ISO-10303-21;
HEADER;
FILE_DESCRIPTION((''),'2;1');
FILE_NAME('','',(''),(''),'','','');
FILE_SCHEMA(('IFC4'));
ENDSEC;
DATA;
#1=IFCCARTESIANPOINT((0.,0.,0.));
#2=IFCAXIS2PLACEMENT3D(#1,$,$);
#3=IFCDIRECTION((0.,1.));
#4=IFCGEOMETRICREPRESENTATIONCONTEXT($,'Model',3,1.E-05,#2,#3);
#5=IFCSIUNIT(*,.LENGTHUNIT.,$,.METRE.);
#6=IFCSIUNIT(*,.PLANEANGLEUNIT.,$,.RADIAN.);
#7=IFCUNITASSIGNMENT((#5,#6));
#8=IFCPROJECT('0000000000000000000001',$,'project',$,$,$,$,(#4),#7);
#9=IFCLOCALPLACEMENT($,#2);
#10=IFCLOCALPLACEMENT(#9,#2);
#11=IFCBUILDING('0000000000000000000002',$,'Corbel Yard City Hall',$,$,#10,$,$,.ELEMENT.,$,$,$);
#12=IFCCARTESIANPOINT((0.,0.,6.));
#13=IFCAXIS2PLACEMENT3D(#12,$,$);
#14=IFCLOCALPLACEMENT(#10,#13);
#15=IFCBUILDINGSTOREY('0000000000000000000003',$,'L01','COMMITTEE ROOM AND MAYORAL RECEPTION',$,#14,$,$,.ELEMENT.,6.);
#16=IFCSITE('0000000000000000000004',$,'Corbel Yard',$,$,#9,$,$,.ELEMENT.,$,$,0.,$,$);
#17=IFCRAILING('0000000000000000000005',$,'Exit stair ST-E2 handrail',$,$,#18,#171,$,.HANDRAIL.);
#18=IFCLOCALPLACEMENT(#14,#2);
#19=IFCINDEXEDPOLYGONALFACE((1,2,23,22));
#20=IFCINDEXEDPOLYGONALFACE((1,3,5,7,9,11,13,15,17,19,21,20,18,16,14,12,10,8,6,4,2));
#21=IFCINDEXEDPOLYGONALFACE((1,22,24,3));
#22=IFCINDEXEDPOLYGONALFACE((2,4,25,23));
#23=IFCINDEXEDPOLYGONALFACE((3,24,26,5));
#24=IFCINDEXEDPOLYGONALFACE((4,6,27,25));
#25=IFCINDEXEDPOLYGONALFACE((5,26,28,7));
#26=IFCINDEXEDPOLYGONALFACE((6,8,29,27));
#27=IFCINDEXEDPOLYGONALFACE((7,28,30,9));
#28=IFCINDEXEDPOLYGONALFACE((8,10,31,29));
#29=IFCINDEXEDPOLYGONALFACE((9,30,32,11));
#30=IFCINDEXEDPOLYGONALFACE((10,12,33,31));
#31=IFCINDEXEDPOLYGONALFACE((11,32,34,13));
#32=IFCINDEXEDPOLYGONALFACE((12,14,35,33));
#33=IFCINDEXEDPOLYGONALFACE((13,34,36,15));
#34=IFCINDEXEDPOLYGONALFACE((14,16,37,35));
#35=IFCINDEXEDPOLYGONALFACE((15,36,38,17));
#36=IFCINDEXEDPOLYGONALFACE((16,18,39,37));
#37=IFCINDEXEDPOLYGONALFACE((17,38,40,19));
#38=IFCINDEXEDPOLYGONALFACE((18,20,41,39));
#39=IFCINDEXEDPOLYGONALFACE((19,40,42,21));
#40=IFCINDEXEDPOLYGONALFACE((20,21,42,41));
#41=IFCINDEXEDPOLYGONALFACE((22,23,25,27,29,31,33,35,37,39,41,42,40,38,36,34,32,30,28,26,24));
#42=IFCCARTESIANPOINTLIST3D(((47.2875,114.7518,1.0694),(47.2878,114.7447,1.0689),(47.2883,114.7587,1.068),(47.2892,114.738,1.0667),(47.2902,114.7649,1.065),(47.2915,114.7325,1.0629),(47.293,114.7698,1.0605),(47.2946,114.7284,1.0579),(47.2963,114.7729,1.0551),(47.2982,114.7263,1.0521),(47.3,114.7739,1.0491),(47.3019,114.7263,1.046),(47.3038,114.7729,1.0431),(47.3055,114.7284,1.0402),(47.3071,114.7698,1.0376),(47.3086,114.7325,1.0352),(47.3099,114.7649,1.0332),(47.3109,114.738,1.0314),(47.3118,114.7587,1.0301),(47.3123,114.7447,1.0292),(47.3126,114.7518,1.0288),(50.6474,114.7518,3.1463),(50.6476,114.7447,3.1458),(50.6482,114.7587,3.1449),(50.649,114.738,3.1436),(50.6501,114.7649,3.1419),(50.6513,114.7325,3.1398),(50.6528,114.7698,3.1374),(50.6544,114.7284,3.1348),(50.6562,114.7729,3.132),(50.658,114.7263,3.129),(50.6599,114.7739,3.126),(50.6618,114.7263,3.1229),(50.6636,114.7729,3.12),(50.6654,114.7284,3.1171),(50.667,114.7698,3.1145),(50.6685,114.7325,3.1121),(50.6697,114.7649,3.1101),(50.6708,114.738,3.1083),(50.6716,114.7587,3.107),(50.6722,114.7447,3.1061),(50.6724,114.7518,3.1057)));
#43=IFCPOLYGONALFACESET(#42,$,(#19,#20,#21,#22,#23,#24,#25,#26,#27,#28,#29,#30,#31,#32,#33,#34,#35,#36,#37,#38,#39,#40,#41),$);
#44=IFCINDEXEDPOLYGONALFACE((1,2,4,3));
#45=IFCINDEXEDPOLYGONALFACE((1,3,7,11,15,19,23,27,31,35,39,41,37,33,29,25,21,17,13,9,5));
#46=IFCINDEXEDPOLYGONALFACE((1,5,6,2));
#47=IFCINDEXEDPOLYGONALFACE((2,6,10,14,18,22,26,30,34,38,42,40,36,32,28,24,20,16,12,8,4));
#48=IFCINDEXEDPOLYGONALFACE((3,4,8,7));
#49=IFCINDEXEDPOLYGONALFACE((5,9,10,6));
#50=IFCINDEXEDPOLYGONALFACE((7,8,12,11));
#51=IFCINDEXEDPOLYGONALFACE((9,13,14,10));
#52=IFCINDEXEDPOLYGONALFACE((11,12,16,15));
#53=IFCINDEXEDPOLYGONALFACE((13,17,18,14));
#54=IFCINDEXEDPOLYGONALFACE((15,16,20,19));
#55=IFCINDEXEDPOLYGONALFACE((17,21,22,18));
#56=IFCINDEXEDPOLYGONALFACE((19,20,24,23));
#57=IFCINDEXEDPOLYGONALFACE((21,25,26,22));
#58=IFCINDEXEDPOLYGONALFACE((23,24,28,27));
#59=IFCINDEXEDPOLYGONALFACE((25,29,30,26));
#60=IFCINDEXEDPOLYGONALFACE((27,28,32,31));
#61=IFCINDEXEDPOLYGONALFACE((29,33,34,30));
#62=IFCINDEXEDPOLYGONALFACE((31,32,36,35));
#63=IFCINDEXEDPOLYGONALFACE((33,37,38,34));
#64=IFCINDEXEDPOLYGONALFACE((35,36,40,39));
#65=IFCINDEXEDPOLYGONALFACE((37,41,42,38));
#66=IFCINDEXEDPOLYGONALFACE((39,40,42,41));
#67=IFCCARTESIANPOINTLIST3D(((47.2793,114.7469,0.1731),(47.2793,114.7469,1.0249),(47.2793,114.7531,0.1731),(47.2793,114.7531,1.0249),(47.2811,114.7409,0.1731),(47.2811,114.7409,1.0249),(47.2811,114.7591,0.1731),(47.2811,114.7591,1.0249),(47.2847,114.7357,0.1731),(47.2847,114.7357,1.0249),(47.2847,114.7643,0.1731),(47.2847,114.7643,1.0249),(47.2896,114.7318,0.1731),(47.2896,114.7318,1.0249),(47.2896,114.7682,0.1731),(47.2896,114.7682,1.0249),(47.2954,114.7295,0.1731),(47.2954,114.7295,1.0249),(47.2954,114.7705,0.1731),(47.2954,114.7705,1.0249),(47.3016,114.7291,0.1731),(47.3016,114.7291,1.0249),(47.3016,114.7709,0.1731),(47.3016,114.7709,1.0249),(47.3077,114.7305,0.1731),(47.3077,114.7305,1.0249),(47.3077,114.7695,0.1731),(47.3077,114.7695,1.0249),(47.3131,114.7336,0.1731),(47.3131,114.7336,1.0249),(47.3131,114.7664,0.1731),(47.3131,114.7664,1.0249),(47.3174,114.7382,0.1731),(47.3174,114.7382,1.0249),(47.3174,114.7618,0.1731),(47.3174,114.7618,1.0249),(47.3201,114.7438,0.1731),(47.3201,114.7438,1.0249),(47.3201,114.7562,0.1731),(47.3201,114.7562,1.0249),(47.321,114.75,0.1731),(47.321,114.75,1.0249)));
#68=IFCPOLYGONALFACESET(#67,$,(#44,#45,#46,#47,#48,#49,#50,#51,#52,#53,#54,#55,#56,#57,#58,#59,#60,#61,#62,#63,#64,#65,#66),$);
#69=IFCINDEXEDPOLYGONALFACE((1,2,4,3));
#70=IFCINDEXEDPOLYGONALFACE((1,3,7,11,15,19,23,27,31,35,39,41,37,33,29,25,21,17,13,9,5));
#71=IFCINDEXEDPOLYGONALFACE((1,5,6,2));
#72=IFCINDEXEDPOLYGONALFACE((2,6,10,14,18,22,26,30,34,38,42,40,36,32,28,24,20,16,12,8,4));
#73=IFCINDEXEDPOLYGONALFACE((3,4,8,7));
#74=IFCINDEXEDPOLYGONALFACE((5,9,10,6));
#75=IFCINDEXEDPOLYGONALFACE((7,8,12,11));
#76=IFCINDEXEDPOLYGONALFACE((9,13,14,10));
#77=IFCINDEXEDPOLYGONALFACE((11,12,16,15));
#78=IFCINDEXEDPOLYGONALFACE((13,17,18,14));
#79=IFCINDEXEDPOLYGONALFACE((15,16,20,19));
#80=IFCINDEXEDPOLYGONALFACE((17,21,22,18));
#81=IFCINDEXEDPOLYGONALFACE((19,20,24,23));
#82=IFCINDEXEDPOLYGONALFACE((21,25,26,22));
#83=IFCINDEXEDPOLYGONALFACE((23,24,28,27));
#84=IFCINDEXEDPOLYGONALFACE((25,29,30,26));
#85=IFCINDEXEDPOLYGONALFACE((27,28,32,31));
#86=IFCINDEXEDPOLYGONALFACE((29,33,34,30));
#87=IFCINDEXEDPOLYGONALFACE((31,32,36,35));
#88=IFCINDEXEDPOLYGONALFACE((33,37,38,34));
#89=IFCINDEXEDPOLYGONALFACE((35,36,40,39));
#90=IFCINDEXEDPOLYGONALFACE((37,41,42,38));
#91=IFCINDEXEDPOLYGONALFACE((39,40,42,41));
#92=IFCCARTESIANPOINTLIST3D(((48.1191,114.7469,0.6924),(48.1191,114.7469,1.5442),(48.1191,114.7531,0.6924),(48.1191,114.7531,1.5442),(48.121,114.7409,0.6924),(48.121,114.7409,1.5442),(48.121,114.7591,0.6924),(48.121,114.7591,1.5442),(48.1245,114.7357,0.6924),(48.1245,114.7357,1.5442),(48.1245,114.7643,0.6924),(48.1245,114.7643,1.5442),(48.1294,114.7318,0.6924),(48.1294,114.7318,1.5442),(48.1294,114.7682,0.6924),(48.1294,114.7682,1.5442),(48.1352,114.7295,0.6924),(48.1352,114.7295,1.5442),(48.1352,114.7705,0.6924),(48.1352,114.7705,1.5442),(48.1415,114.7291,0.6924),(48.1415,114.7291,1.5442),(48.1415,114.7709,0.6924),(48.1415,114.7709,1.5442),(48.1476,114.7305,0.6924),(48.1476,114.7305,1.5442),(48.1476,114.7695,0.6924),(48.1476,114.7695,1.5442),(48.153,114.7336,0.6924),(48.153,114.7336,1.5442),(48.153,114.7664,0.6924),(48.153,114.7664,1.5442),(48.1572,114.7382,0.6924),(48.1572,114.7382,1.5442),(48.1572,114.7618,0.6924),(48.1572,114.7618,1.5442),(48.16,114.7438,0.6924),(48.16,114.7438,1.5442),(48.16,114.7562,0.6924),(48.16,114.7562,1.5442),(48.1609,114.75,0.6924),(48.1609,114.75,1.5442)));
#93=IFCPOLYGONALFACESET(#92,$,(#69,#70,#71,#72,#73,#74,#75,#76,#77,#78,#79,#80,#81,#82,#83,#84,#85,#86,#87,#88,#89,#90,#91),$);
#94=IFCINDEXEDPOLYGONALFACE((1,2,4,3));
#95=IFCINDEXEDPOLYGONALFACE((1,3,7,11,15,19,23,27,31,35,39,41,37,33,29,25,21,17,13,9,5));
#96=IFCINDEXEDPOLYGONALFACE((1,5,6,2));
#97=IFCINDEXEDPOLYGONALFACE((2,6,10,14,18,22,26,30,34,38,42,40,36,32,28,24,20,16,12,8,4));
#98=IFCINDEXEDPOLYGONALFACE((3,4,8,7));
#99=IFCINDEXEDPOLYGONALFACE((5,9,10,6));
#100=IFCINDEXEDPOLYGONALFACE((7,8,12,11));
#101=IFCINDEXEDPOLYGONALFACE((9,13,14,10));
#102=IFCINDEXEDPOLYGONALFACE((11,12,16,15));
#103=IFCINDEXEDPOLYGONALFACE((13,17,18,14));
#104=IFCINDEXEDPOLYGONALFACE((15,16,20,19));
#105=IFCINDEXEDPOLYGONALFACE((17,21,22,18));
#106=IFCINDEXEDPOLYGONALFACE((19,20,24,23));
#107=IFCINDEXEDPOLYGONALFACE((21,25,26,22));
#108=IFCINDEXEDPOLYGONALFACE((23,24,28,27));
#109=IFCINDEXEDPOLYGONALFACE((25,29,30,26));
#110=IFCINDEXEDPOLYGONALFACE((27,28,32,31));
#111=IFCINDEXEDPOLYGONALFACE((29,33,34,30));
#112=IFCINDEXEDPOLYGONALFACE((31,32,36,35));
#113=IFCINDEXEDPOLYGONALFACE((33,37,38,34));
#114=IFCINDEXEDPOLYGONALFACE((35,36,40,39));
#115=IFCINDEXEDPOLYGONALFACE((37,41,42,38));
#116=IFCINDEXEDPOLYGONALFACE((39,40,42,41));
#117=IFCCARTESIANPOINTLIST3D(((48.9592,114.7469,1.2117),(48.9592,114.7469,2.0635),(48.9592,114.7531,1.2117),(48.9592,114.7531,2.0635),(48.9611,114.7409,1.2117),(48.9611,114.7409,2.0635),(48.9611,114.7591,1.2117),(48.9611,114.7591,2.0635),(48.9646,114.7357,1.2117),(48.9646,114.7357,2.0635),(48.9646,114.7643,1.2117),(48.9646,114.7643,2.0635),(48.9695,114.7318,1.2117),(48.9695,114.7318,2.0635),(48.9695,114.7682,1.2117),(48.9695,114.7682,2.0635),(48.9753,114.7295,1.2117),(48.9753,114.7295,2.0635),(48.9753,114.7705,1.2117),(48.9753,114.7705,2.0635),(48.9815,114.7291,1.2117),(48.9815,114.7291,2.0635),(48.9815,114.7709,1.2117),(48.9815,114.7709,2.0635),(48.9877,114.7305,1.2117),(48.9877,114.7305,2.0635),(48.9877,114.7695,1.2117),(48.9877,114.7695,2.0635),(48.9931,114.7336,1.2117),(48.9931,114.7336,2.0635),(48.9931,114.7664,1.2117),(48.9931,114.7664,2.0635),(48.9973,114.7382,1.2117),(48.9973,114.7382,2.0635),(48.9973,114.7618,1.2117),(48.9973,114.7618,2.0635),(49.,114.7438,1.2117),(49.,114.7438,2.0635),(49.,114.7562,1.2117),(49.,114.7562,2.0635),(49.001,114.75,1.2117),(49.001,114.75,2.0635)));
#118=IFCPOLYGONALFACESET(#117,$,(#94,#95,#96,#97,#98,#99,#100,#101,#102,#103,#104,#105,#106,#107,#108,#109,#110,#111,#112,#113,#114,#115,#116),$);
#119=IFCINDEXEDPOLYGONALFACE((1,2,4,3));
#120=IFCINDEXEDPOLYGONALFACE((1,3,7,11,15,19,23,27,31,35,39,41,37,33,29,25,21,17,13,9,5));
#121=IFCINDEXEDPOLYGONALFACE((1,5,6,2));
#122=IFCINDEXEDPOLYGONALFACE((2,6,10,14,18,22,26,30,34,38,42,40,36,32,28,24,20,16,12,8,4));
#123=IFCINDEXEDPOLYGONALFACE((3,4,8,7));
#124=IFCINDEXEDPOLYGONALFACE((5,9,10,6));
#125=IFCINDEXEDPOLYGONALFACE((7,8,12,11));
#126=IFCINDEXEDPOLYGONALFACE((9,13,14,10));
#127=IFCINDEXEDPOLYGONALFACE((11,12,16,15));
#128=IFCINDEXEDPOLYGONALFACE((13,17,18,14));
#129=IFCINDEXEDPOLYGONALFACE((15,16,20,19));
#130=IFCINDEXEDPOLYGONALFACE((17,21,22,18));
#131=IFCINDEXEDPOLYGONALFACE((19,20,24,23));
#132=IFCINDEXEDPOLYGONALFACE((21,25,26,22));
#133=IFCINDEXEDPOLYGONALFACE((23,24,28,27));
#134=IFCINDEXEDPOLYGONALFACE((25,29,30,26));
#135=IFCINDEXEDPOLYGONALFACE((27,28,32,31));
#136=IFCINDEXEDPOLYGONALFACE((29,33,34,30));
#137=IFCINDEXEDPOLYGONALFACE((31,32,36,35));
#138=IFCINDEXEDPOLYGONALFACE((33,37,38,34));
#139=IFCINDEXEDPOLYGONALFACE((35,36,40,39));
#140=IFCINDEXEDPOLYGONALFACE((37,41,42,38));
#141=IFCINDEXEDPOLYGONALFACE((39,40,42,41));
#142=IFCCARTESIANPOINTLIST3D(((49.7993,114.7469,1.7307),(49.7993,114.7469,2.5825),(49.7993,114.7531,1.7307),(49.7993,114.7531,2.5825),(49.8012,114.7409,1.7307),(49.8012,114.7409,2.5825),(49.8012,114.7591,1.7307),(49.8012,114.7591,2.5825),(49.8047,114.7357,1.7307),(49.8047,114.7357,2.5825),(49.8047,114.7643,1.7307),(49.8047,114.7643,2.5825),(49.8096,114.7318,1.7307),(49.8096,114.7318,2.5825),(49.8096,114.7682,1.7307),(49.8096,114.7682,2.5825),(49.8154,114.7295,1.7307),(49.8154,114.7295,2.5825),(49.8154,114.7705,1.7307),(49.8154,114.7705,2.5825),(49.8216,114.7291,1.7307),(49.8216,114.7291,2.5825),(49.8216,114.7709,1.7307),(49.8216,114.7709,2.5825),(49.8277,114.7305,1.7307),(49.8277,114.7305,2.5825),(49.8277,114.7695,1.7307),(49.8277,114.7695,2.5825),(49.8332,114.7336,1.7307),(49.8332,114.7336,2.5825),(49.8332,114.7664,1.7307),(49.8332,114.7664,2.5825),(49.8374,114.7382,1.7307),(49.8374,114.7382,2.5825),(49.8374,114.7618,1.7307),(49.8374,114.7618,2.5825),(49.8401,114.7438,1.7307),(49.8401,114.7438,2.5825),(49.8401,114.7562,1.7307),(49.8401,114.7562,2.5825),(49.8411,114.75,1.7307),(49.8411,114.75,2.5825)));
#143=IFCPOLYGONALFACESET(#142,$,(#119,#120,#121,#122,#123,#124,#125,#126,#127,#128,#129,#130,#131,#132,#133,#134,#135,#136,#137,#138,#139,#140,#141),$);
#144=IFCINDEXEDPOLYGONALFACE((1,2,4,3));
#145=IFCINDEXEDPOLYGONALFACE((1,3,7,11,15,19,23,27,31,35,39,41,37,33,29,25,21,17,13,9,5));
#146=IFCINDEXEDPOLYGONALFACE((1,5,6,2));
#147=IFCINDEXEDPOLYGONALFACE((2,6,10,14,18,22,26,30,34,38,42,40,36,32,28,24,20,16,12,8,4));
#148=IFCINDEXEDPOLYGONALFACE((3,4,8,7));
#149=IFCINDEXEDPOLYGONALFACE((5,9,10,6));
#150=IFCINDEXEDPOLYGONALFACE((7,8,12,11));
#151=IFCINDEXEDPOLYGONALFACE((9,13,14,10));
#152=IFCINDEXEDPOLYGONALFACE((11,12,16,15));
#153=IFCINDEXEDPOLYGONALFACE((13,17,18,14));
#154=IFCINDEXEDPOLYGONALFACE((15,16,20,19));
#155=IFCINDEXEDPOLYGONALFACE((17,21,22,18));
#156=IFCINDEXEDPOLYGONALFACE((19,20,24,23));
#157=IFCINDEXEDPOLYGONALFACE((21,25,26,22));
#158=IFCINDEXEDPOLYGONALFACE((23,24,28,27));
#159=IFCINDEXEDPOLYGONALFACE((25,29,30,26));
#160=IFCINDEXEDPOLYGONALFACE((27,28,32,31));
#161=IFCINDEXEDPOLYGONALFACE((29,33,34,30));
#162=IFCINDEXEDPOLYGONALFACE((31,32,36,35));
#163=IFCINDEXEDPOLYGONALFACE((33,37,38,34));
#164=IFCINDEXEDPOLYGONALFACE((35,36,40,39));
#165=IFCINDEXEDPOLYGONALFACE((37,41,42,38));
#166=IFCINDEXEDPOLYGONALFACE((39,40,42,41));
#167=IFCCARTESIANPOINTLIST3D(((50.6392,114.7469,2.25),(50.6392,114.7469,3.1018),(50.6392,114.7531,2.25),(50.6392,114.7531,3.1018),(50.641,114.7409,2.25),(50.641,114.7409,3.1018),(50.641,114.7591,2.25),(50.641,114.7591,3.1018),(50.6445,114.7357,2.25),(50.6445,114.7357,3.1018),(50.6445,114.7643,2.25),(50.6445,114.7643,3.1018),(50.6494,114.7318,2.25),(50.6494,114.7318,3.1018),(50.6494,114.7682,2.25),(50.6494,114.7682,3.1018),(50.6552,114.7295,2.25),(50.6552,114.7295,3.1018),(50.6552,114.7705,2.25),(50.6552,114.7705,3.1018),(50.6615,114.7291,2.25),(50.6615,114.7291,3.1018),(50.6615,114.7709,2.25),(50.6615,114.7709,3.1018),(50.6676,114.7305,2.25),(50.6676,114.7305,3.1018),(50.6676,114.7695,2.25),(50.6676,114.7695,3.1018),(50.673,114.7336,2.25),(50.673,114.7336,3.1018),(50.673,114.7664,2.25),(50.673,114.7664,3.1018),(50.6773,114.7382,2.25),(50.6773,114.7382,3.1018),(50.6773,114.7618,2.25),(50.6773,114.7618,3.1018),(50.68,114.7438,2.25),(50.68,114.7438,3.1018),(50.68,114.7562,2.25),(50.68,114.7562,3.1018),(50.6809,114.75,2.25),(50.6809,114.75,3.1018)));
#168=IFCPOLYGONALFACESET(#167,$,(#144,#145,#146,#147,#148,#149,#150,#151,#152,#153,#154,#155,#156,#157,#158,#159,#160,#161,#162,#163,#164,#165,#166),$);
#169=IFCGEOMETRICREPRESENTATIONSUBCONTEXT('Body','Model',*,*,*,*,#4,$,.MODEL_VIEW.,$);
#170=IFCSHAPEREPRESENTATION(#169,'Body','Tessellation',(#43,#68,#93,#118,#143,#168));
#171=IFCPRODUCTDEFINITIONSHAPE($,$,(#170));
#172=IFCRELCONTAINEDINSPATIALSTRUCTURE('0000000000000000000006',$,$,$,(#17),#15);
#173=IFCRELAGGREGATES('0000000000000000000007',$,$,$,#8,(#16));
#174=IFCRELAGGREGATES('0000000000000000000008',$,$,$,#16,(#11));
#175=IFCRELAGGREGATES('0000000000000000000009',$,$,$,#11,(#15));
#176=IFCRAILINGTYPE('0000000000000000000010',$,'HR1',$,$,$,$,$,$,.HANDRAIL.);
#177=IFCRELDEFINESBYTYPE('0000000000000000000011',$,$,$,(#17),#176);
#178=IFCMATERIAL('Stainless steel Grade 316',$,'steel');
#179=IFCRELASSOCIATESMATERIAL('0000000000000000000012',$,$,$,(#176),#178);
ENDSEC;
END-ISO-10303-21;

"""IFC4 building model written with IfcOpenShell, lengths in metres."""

from ifc_helpers import new_model, si_unit, direction, frame, origin, origin_2d, place, context, subcontext, project, spatial, circle, extrude, material, type_object, element, save


model = new_model("IFC4")

# Units and contexts
model_context = context("Model", 3, precision=1e-05, world=origin(), true_north=direction((0.0, 1.0)))
body_context = subcontext(model_context, "Body", "Model", "MODEL_VIEW")
ifc_project = project(units=[si_unit("LENGTHUNIT", "METRE"), si_unit("PLANEANGLEUNIT", "RADIAN")], contexts=[model_context])

# Site, building, storey
site_placement = place(None, origin())
site = spatial("IfcSite", under=ifc_project, at=site_placement, Name="Corbel Yard", CompositionType="ELEMENT", RefElevation=0.0)
building_placement = place(site_placement, origin())
building = spatial("IfcBuilding", under=site, at=building_placement, Name="Corbel Yard City Hall", CompositionType="ELEMENT")
storey_placement = place(building_placement, frame((0.0, 0.0, 6.0)))
storey = spatial("IfcBuildingStorey", under=building, at=storey_placement, Name="L01", Description="COMMITTEE ROOM AND MAYORAL RECEPTION", CompositionType="ELEMENT", Elevation=6.0)

# Railing
ifc_material_1 = material(Name="Stainless steel Grade 316", Category="steel")
railing_type = type_object("IfcRailingType", Name="HR1", PredefinedType="HANDRAIL", material=ifc_material_1)
for number, where, name in (
    (1, (47.3, 114.75, 0.1731), "Exit stair ST-E2 handrail"),
):
    element("IfcRailing", number, at=place(storey_placement, frame(where)), inside=storey, type_object=railing_type, Name=name, PredefinedType="HANDRAIL", context=body_context, shape_type="SweptSolid", body=[
        extrude(circle(Radius=0.0239, at=origin_2d()), frame((0.0, 0.0, 0.876), z_axis=(0.850606, 0.0, 0.525803), x_axis=(0.0, 1.0, 0.0)), (0.0, 0.0, 1.0), 3.95),
        extrude(circle(Radius=0.021, at=origin_2d()), origin(), (0.0, 0.0, 1.0), 0.8518),
        extrude(circle(Radius=0.021, at=origin_2d()), frame((0.8398, 0.0, 0.5193)), (0.0, 0.0, 1.0), 0.8518),
        extrude(circle(Radius=0.021, at=origin_2d()), frame((1.6799, 0.0, 1.0386)), (0.0, 0.0, 1.0), 0.8518),
        extrude(circle(Radius=0.021, at=origin_2d()), frame((2.52, 0.0, 1.5576)), (0.0, 0.0, 1.0), 0.8518),
        extrude(circle(Radius=0.021, at=origin_2d()), frame((3.3599, 0.0, 2.0769)), (0.0, 0.0, 1.0), 0.8518),
    ])

save(model, "model.ifc")
